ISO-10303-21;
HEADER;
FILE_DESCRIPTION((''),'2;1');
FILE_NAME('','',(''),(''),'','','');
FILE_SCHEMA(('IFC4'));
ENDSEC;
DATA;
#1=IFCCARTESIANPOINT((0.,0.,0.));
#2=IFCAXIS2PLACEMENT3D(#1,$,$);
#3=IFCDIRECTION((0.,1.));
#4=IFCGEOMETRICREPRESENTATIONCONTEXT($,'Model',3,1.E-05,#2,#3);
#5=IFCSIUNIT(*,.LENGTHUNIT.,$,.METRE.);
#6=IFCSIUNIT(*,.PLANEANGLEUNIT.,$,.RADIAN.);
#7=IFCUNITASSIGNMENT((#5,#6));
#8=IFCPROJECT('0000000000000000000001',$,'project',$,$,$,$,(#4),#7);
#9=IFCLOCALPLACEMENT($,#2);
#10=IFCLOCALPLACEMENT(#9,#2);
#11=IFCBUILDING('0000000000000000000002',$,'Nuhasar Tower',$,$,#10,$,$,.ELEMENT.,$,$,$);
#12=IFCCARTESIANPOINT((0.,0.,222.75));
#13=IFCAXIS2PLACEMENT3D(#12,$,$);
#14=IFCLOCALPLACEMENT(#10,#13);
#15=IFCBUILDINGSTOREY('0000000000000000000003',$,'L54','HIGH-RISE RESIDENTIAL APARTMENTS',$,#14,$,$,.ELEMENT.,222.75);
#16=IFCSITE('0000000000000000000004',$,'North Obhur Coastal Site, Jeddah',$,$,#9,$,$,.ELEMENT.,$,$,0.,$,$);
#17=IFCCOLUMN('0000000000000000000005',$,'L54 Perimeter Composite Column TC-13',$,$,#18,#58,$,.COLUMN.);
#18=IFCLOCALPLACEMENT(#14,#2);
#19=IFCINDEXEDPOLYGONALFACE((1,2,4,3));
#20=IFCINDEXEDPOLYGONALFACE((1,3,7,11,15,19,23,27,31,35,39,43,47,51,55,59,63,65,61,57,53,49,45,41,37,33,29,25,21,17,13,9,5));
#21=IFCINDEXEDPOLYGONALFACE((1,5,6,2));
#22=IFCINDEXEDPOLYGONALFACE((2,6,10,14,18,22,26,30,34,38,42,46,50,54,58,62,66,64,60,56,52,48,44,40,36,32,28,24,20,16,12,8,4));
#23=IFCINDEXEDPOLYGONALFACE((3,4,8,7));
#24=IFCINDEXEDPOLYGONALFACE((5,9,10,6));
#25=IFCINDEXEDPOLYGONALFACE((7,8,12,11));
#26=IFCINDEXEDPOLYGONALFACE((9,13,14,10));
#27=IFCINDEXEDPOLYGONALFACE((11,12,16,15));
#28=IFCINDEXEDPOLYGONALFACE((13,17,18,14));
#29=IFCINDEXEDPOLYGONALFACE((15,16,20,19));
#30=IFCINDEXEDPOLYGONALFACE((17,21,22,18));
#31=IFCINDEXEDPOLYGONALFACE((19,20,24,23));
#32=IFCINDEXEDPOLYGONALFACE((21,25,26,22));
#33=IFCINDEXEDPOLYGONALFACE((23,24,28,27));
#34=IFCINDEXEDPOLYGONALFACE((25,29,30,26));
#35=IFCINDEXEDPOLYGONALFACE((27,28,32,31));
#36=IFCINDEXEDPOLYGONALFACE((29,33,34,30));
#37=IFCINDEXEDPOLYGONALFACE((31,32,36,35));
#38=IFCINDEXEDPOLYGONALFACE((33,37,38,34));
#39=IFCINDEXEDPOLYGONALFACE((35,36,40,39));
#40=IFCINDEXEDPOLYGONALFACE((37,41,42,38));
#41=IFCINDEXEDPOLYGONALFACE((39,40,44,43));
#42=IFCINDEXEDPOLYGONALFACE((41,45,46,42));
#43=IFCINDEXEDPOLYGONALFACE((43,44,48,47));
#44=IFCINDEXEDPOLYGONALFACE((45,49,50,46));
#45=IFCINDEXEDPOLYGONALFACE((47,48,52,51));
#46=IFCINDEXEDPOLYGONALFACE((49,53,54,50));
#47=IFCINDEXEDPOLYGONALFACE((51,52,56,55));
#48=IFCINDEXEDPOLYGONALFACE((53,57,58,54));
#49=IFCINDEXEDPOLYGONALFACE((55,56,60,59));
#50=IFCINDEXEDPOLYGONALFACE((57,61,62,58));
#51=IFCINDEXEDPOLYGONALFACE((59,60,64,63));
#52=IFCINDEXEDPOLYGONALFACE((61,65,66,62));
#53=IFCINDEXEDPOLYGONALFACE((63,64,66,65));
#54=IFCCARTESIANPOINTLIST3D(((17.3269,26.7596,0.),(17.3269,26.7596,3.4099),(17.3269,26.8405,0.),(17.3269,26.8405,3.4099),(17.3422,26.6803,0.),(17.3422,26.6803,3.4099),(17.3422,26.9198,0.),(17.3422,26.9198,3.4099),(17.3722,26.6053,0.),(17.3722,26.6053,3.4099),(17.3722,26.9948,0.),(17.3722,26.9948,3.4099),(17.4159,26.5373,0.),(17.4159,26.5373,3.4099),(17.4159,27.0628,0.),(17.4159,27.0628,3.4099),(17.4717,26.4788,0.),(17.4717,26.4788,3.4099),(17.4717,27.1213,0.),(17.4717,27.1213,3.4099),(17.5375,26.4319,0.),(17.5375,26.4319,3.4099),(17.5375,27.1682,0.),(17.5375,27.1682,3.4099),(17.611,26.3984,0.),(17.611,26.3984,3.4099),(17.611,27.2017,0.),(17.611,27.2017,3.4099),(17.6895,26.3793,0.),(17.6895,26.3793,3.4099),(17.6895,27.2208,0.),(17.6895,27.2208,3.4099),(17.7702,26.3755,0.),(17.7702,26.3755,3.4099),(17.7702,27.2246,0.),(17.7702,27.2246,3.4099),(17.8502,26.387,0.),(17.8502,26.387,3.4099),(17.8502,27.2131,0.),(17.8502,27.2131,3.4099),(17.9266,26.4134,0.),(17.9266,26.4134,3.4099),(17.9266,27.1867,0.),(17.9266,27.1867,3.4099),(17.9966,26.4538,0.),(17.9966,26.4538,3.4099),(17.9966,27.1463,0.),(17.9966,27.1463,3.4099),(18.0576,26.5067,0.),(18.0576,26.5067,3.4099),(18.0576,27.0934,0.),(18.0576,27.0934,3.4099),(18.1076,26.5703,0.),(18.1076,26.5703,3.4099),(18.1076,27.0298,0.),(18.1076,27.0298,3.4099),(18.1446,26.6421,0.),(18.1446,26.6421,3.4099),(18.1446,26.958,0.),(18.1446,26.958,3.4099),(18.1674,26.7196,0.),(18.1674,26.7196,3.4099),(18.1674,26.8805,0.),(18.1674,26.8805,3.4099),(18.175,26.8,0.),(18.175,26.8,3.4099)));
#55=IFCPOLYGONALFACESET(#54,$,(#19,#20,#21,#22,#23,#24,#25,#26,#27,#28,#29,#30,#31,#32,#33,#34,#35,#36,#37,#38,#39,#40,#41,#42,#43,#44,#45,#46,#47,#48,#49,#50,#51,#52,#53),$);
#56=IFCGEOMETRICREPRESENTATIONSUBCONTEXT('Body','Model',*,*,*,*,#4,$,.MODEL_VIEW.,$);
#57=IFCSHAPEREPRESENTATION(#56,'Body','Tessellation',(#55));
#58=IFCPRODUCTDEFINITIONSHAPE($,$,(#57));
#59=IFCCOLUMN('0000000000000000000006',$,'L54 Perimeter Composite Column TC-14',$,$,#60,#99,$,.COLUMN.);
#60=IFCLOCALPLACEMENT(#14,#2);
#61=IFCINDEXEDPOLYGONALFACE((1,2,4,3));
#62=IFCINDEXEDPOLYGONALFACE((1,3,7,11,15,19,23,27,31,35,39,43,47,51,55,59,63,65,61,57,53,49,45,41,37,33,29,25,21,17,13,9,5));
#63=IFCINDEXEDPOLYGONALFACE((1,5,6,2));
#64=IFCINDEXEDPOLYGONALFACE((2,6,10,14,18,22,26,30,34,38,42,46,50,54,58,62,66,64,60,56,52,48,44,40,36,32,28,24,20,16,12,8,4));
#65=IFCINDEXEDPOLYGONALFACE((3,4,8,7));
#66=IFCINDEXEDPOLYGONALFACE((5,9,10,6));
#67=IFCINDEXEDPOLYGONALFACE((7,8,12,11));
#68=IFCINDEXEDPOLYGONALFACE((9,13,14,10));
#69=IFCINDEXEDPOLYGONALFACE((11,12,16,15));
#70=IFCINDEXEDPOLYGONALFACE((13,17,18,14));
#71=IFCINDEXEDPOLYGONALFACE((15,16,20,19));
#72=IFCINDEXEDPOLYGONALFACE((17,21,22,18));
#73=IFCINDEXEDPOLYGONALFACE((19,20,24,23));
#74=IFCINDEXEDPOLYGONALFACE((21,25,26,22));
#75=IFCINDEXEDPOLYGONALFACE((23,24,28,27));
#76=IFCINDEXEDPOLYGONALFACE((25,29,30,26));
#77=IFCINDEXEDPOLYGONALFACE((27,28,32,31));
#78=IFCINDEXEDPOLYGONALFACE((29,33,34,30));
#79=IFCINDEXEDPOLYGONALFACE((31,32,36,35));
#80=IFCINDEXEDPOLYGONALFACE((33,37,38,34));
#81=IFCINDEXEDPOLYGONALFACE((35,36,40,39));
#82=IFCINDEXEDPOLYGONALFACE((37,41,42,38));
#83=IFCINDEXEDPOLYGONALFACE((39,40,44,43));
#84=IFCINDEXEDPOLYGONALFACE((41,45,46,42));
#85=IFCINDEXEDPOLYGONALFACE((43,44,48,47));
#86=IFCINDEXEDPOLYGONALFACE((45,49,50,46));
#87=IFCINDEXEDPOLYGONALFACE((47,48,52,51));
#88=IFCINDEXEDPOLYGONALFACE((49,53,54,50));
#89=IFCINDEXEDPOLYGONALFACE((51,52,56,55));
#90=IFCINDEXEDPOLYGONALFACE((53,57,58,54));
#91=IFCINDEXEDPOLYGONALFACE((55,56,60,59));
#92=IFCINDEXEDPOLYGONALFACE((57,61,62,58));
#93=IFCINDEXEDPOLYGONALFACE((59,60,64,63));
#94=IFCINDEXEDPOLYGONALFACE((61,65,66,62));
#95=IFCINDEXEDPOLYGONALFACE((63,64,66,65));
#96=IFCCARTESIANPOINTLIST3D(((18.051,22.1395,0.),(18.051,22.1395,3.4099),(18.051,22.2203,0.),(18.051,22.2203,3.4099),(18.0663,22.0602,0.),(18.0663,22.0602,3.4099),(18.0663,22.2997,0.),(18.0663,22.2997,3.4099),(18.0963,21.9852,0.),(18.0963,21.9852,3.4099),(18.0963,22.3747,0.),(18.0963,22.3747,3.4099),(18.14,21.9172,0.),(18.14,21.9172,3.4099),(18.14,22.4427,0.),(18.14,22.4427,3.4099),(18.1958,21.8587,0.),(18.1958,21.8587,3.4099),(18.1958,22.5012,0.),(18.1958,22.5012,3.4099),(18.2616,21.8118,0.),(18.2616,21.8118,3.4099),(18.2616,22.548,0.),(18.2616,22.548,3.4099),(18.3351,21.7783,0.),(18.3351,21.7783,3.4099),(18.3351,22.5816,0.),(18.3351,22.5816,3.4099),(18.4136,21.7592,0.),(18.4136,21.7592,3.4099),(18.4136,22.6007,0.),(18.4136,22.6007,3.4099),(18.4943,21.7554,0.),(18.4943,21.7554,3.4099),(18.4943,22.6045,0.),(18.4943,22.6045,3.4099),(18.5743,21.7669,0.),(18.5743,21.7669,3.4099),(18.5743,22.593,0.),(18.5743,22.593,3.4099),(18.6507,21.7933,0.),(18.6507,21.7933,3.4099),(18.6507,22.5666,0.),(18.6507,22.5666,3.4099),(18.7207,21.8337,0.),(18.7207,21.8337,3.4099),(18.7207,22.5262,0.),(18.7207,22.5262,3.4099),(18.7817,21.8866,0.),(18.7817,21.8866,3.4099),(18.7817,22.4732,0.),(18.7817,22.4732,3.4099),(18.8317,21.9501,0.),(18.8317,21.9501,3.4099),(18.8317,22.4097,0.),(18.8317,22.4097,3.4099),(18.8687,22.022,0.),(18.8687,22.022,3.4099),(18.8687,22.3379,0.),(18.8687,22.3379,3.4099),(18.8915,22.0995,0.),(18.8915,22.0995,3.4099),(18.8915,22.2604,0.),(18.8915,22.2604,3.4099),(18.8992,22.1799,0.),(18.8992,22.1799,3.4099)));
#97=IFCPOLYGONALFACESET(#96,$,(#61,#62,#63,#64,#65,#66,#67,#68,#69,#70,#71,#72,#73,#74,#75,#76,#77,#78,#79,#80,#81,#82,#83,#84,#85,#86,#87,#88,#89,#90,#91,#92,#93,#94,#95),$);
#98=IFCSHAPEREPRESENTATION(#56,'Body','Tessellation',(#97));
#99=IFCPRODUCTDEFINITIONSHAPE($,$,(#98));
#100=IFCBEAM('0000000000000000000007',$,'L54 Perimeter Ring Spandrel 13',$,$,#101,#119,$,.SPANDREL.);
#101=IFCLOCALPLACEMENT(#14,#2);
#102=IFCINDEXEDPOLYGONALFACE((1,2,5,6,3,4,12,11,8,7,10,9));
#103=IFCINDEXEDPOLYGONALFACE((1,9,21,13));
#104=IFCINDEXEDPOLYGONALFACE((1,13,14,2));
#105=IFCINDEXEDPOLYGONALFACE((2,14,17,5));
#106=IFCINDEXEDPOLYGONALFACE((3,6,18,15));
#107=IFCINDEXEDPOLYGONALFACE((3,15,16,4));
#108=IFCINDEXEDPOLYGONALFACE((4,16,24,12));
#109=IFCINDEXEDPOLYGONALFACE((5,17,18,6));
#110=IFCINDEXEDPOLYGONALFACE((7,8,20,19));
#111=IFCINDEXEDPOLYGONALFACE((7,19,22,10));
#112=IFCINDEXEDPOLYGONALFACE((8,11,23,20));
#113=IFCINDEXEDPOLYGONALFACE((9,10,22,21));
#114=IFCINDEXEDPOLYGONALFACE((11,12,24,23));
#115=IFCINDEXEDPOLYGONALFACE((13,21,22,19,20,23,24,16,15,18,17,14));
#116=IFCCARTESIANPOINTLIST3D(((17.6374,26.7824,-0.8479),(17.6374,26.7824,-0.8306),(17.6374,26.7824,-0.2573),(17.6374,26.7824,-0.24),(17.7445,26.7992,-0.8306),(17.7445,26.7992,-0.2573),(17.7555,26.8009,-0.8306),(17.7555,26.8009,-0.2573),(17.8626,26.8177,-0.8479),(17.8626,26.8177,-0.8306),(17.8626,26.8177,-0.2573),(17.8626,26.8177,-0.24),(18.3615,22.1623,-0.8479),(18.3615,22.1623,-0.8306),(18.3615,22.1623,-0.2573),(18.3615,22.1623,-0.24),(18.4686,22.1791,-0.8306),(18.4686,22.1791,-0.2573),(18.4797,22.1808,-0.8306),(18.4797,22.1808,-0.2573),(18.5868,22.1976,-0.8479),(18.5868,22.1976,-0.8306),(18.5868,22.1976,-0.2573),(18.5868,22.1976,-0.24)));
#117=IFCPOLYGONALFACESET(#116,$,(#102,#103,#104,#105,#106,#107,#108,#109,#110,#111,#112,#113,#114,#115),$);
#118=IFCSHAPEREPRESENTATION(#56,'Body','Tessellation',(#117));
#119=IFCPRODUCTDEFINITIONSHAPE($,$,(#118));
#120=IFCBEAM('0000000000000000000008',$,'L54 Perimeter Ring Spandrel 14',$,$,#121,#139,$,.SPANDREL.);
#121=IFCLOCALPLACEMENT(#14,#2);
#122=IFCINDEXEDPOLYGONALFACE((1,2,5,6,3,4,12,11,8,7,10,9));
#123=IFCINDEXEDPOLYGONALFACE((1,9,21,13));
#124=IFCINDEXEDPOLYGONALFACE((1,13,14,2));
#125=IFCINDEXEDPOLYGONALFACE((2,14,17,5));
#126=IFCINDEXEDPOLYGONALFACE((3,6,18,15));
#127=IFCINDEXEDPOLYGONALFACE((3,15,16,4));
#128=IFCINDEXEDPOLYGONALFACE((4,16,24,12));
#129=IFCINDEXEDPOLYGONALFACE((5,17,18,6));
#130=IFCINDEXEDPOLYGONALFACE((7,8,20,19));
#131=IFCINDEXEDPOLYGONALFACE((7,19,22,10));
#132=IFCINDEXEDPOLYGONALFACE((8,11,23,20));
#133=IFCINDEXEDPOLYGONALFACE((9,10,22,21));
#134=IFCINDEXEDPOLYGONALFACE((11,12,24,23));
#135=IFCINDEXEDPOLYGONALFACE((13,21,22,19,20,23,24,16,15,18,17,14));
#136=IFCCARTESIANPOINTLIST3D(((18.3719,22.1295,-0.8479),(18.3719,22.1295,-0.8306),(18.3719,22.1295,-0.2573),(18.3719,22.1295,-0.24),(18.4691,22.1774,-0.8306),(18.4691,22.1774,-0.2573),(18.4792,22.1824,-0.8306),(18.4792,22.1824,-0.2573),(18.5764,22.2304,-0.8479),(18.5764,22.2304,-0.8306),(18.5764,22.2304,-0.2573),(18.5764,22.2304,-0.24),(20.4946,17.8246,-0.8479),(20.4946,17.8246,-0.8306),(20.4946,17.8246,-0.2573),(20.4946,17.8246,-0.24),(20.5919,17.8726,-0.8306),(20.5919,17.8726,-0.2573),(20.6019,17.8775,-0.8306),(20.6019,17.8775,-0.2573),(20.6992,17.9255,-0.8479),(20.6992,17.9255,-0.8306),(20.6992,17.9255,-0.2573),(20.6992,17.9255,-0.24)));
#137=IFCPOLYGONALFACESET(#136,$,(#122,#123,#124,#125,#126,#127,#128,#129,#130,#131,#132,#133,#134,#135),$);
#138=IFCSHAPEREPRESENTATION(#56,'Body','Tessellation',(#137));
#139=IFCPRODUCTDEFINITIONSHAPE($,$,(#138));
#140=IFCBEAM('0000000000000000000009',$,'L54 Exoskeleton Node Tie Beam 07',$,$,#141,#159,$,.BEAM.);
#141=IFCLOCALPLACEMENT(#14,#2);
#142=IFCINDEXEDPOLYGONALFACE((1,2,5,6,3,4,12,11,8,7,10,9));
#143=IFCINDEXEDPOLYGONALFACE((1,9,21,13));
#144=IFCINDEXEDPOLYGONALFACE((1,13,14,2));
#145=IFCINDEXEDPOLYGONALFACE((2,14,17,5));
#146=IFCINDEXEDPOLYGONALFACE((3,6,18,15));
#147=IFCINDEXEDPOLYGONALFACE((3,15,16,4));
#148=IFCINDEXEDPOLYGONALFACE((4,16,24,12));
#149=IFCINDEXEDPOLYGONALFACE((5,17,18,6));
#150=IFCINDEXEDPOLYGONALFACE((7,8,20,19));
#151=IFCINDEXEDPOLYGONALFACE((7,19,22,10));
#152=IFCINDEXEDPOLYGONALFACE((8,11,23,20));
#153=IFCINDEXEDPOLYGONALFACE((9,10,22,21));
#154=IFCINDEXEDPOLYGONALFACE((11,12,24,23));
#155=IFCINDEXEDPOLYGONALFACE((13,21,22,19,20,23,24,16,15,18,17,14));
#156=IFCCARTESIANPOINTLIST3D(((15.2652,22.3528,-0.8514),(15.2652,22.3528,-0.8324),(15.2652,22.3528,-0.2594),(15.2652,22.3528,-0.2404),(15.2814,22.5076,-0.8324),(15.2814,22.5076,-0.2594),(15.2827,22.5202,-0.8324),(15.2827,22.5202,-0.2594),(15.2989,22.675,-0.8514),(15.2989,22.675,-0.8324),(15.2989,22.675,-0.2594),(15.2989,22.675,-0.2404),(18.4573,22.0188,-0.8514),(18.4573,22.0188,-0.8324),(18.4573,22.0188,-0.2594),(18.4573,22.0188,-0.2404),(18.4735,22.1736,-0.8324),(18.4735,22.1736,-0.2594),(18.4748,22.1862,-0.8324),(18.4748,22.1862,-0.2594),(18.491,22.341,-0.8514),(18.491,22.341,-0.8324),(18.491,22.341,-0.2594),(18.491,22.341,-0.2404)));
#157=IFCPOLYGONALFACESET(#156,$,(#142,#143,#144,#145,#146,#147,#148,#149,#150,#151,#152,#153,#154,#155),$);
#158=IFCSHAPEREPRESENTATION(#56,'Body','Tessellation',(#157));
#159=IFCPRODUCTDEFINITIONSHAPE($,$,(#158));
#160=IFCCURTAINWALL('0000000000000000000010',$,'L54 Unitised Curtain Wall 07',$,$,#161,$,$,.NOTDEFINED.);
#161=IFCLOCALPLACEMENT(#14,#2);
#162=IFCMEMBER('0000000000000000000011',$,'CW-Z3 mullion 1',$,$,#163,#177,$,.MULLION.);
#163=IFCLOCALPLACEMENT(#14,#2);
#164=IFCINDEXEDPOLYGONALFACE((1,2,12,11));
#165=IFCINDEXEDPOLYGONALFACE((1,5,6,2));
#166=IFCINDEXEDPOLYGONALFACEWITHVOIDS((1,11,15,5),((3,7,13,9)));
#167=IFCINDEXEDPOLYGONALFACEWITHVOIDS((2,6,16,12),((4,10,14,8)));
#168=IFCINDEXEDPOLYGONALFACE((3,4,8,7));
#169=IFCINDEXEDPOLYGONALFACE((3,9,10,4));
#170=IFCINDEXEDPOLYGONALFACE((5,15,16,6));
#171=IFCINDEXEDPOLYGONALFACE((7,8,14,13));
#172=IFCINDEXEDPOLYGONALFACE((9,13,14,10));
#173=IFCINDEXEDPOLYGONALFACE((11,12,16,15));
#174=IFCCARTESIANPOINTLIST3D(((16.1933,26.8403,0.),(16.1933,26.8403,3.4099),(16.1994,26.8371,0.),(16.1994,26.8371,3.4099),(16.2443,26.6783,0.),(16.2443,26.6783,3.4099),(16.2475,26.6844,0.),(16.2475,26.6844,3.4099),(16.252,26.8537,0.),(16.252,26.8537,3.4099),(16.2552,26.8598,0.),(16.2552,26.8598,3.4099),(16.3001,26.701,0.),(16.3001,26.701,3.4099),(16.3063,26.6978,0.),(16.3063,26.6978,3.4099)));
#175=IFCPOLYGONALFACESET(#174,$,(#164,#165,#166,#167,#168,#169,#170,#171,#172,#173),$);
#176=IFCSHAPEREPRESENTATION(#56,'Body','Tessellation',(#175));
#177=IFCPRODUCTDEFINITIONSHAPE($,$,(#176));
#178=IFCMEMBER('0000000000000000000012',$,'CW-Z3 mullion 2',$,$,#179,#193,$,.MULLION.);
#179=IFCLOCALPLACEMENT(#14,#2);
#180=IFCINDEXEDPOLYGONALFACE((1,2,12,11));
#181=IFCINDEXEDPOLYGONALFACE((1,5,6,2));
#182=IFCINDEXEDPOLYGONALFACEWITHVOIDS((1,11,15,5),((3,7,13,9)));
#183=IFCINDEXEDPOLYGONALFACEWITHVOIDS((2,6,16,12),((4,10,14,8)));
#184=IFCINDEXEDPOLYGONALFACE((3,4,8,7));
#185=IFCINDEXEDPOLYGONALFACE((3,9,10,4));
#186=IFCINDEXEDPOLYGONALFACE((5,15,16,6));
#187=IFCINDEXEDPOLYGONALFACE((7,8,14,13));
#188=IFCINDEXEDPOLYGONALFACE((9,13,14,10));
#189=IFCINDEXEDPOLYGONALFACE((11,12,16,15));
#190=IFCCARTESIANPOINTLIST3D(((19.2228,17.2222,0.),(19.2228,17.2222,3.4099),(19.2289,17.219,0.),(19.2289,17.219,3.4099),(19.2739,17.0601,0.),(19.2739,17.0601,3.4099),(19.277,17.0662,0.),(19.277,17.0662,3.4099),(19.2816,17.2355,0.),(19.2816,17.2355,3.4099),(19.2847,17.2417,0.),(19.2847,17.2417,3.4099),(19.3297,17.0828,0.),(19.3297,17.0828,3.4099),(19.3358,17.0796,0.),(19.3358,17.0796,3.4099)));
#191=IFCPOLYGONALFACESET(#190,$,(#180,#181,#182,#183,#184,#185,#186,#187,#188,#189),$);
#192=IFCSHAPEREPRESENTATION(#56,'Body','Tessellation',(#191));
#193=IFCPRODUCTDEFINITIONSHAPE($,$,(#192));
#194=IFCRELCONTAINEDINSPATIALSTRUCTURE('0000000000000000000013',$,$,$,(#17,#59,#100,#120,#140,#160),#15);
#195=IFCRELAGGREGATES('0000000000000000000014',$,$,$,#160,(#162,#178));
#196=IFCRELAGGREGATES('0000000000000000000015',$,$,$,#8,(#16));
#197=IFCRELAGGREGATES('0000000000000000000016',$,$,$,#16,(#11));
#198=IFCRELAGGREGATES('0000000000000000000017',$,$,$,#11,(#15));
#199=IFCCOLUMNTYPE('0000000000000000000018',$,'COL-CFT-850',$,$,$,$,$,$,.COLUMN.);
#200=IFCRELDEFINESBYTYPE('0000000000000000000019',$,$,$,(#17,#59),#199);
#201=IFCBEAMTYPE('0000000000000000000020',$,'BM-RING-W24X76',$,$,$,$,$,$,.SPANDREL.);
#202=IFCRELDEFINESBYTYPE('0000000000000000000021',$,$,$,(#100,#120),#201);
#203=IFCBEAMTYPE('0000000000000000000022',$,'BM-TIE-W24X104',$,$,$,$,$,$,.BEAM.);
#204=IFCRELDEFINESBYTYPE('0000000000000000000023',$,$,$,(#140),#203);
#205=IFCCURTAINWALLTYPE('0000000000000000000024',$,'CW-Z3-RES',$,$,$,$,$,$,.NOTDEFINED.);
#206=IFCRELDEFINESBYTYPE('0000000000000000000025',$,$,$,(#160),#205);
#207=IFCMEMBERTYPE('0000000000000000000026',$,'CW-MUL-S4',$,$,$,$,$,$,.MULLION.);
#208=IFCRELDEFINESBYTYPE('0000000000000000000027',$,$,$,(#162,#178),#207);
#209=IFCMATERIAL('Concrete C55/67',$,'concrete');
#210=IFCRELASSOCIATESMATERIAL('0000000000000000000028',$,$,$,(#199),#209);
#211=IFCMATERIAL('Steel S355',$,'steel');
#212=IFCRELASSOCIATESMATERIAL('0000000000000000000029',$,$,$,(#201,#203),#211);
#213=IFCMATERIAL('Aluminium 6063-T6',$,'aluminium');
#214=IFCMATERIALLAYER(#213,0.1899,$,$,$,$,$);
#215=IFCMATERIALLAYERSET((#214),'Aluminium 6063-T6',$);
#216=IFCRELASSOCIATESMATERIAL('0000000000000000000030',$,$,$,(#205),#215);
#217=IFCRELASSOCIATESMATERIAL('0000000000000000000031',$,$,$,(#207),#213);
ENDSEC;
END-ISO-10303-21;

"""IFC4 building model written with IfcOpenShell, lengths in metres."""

from ifc_helpers import new_model, si_unit, direction, frame, origin, origin_2d, place, context, subcontext, project, spatial, hollow_rectangle, circle, i_section, extrude, material, layer, layer_set, material_profile, profile_set, type_object, element, aggregate, save


model = new_model("IFC4")

# Units and contexts
model_context = context("Model", 3, precision=1e-05, world=origin(), true_north=direction((0.0, 1.0)))
body_context = subcontext(model_context, "Body", "Model", "MODEL_VIEW")
ifc_project = project(units=[si_unit("LENGTHUNIT", "METRE"), si_unit("PLANEANGLEUNIT", "RADIAN")], contexts=[model_context])

# Site, building, storey
site_placement = place(None, origin())
site = spatial("IfcSite", under=ifc_project, at=site_placement, Name="North Obhur Coastal Site, Jeddah", CompositionType="ELEMENT", RefElevation=0.0)
building_placement = place(site_placement, origin())
building = spatial("IfcBuilding", under=site, at=building_placement, Name="Nuhasar Tower", CompositionType="ELEMENT")
storey_placement = place(building_placement, frame((0.0, 0.0, 222.75)))
storey = spatial("IfcBuildingStorey", under=building, at=storey_placement, Name="L54", Description="HIGH-RISE RESIDENTIAL APARTMENTS", CompositionType="ELEMENT", Elevation=222.75)

# Columns
ifc_material_1 = material(Name="Concrete C55/67", Category="concrete")
ifc_material_profile_1 = material_profile(ifc_material_1, circle(Radius=0.425, at=origin_2d()), Name="CFT850")
ifc_profile_set_1 = profile_set([ifc_material_profile_1], Name="Concrete C55/67")
column_type = type_object("IfcColumnType", Name="COL-CFT-850", PredefinedType="COLUMN", material=ifc_profile_set_1)
for number, where, z_axis, x_axis, name in (
    (1, (17.75, 26.8, 0.0), (0.0, 0.0, 1.0), (1.0, 0.0, 0.0), "L54 Perimeter Composite Column TC-13"),
    (2, (18.4741, 22.1799, 0.0), (0.0, 0.0, 1.0), (1.0, 0.0, 0.0), "L54 Perimeter Composite Column TC-14"),
):
    element("IfcColumn", number, at=place(storey_placement, frame(where, z_axis=z_axis, x_axis=x_axis)), inside=storey, type_object=column_type, Name=name, PredefinedType="COLUMN", context=body_context, shape_type="SweptSolid", body=[
        extrude(circle(Radius=0.425, at=origin_2d()), origin(), (0.0, 0.0, 1.0), 3.4099),
    ])

# Beams
ifc_material_2 = material(Name="Steel S355", Category="steel")
ifc_material_profile_2 = material_profile(ifc_material_2, i_section(OverallWidth=0.228, OverallDepth=0.6079, WebThickness=0.0112, FlangeThickness=0.0173, at=origin_2d()), Name="W24X76")
ifc_profile_set_2 = profile_set([ifc_material_profile_2], Name="Steel S355")
beam_type_1 = type_object("IfcBeamType", Name="BM-RING-W24X76", PredefinedType="SPANDREL", material=ifc_profile_set_2)
beam_1_placement = place(storey_placement, frame((17.75, 26.8, -0.5439), z_axis=(0.154842, -0.987939, 0.0), x_axis=(0.987939, 0.154842, 0.0)))
element("IfcBeam", 3, at=beam_1_placement, inside=storey, type_object=beam_type_1, Name="L54 Perimeter Ring Spandrel 13", PredefinedType="SPANDREL", context=body_context, shape_type="SweptSolid", body=[
    extrude(i_section(OverallWidth=0.228, OverallDepth=0.6079, WebThickness=0.0112, FlangeThickness=0.0173, at=origin_2d()), origin(), (0.0, 0.0, 1.0), 4.6765),
])
beam_2_placement = place(storey_placement, frame((18.4741, 22.1799, -0.5439), z_axis=(0.442263, -0.896886, 0.0), x_axis=(0.896886, 0.442263, 0.0)))
element("IfcBeam", 4, at=beam_2_placement, inside=storey, type_object=beam_type_1, Name="L54 Perimeter Ring Spandrel 14", PredefinedType="SPANDREL", context=body_context, shape_type="SweptSolid", body=[
    extrude(i_section(OverallWidth=0.228, OverallDepth=0.6079, WebThickness=0.0112, FlangeThickness=0.0173, at=origin_2d()), origin(), (0.0, 0.0, 1.0), 4.7998),
])
ifc_material_profile_3 = material_profile(ifc_material_2, i_section(OverallWidth=0.324, OverallDepth=0.6111, WebThickness=0.0127, FlangeThickness=0.019, at=origin_2d()), Name="W24X104")
ifc_profile_set_3 = profile_set([ifc_material_profile_3], Name="Steel S355")
beam_type_2 = type_object("IfcBeamType", Name="BM-TIE-W24X104", PredefinedType="BEAM", material=ifc_profile_set_3)
beam_3_placement = place(storey_placement, frame((18.4741, 22.1799, -0.5459), z_axis=(-0.994571, 0.104059, 0.0), x_axis=(-0.104059, -0.994571, 0.0)))
element("IfcBeam", 5, at=beam_3_placement, inside=storey, type_object=beam_type_2, Name="L54 Exoskeleton Node Tie Beam 07", PredefinedType="BEAM", context=body_context, shape_type="SweptSolid", body=[
    extrude(i_section(OverallWidth=0.324, OverallDepth=0.6111, WebThickness=0.0127, FlangeThickness=0.019, at=origin_2d()), origin(), (0.0, 0.0, 1.0), 3.2095),
])

# Curtain wall, members
ifc_material_3 = material(Name="Aluminium 6063-T6", Category="aluminium")
ifc_layer_1 = layer(ifc_material_3, 0.1899)
ifc_layer_set_1 = layer_set([ifc_layer_1], Name="Aluminium 6063-T6")
curtain_wall_type = type_object("IfcCurtainWallType", Name="CW-Z3-RES", PredefinedType="NOTDEFINED", material=ifc_layer_set_1)
curtain_wall_1_placement = place(storey_placement, origin())
curtain_wall_1 = element("IfcCurtainWall", 6, at=curtain_wall_1_placement, inside=storey, type_object=curtain_wall_type, Name="L54 Unitised Curtain Wall 07", PredefinedType="NOTDEFINED")
ifc_material_profile_4 = material_profile(ifc_material_3, hollow_rectangle(XDim=0.0649, YDim=0.1699, WallThickness=0.0049, at=origin_2d()), Name="CWM-4")
ifc_profile_set_4 = profile_set([ifc_material_profile_4], Name="Aluminium 6063-T6")
member_type_1 = type_object("IfcMemberType", Name="CW-MUL-S4", PredefinedType="MULLION", material=ifc_profile_set_4)
member_1_placement = place(storey_placement, frame((16.2498, 26.769, 0.0), z_axis=(0.0, 0.0, 1.0), x_axis=(0.953804, 0.300429, 0.0)))
member_1 = element("IfcMember", 7, at=member_1_placement, type_object=member_type_1, Name="CW-Z3 mullion 1", PredefinedType="MULLION", context=body_context, shape_type="SweptSolid", body=[
    extrude(hollow_rectangle(XDim=0.0649, YDim=0.1699, WallThickness=0.0049, at=origin_2d()), origin(), (0.0, 0.0, 1.0), 3.4099),
])
member_2_placement = place(storey_placement, frame((19.2793, 17.1509, 0.0), z_axis=(0.0, 0.0, 1.0), x_axis=(0.953804, 0.300429, 0.0)))
member_2 = element("IfcMember", 8, at=member_2_placement, type_object=member_type_1, Name="CW-Z3 mullion 2", PredefinedType="MULLION", context=body_context, shape_type="SweptSolid", body=[
    extrude(hollow_rectangle(XDim=0.0649, YDim=0.1699, WallThickness=0.0049, at=origin_2d()), origin(), (0.0, 0.0, 1.0), 3.4099),
])

aggregate(curtain_wall_1, [member_1, member_2])

save(model, "model.ifc")
